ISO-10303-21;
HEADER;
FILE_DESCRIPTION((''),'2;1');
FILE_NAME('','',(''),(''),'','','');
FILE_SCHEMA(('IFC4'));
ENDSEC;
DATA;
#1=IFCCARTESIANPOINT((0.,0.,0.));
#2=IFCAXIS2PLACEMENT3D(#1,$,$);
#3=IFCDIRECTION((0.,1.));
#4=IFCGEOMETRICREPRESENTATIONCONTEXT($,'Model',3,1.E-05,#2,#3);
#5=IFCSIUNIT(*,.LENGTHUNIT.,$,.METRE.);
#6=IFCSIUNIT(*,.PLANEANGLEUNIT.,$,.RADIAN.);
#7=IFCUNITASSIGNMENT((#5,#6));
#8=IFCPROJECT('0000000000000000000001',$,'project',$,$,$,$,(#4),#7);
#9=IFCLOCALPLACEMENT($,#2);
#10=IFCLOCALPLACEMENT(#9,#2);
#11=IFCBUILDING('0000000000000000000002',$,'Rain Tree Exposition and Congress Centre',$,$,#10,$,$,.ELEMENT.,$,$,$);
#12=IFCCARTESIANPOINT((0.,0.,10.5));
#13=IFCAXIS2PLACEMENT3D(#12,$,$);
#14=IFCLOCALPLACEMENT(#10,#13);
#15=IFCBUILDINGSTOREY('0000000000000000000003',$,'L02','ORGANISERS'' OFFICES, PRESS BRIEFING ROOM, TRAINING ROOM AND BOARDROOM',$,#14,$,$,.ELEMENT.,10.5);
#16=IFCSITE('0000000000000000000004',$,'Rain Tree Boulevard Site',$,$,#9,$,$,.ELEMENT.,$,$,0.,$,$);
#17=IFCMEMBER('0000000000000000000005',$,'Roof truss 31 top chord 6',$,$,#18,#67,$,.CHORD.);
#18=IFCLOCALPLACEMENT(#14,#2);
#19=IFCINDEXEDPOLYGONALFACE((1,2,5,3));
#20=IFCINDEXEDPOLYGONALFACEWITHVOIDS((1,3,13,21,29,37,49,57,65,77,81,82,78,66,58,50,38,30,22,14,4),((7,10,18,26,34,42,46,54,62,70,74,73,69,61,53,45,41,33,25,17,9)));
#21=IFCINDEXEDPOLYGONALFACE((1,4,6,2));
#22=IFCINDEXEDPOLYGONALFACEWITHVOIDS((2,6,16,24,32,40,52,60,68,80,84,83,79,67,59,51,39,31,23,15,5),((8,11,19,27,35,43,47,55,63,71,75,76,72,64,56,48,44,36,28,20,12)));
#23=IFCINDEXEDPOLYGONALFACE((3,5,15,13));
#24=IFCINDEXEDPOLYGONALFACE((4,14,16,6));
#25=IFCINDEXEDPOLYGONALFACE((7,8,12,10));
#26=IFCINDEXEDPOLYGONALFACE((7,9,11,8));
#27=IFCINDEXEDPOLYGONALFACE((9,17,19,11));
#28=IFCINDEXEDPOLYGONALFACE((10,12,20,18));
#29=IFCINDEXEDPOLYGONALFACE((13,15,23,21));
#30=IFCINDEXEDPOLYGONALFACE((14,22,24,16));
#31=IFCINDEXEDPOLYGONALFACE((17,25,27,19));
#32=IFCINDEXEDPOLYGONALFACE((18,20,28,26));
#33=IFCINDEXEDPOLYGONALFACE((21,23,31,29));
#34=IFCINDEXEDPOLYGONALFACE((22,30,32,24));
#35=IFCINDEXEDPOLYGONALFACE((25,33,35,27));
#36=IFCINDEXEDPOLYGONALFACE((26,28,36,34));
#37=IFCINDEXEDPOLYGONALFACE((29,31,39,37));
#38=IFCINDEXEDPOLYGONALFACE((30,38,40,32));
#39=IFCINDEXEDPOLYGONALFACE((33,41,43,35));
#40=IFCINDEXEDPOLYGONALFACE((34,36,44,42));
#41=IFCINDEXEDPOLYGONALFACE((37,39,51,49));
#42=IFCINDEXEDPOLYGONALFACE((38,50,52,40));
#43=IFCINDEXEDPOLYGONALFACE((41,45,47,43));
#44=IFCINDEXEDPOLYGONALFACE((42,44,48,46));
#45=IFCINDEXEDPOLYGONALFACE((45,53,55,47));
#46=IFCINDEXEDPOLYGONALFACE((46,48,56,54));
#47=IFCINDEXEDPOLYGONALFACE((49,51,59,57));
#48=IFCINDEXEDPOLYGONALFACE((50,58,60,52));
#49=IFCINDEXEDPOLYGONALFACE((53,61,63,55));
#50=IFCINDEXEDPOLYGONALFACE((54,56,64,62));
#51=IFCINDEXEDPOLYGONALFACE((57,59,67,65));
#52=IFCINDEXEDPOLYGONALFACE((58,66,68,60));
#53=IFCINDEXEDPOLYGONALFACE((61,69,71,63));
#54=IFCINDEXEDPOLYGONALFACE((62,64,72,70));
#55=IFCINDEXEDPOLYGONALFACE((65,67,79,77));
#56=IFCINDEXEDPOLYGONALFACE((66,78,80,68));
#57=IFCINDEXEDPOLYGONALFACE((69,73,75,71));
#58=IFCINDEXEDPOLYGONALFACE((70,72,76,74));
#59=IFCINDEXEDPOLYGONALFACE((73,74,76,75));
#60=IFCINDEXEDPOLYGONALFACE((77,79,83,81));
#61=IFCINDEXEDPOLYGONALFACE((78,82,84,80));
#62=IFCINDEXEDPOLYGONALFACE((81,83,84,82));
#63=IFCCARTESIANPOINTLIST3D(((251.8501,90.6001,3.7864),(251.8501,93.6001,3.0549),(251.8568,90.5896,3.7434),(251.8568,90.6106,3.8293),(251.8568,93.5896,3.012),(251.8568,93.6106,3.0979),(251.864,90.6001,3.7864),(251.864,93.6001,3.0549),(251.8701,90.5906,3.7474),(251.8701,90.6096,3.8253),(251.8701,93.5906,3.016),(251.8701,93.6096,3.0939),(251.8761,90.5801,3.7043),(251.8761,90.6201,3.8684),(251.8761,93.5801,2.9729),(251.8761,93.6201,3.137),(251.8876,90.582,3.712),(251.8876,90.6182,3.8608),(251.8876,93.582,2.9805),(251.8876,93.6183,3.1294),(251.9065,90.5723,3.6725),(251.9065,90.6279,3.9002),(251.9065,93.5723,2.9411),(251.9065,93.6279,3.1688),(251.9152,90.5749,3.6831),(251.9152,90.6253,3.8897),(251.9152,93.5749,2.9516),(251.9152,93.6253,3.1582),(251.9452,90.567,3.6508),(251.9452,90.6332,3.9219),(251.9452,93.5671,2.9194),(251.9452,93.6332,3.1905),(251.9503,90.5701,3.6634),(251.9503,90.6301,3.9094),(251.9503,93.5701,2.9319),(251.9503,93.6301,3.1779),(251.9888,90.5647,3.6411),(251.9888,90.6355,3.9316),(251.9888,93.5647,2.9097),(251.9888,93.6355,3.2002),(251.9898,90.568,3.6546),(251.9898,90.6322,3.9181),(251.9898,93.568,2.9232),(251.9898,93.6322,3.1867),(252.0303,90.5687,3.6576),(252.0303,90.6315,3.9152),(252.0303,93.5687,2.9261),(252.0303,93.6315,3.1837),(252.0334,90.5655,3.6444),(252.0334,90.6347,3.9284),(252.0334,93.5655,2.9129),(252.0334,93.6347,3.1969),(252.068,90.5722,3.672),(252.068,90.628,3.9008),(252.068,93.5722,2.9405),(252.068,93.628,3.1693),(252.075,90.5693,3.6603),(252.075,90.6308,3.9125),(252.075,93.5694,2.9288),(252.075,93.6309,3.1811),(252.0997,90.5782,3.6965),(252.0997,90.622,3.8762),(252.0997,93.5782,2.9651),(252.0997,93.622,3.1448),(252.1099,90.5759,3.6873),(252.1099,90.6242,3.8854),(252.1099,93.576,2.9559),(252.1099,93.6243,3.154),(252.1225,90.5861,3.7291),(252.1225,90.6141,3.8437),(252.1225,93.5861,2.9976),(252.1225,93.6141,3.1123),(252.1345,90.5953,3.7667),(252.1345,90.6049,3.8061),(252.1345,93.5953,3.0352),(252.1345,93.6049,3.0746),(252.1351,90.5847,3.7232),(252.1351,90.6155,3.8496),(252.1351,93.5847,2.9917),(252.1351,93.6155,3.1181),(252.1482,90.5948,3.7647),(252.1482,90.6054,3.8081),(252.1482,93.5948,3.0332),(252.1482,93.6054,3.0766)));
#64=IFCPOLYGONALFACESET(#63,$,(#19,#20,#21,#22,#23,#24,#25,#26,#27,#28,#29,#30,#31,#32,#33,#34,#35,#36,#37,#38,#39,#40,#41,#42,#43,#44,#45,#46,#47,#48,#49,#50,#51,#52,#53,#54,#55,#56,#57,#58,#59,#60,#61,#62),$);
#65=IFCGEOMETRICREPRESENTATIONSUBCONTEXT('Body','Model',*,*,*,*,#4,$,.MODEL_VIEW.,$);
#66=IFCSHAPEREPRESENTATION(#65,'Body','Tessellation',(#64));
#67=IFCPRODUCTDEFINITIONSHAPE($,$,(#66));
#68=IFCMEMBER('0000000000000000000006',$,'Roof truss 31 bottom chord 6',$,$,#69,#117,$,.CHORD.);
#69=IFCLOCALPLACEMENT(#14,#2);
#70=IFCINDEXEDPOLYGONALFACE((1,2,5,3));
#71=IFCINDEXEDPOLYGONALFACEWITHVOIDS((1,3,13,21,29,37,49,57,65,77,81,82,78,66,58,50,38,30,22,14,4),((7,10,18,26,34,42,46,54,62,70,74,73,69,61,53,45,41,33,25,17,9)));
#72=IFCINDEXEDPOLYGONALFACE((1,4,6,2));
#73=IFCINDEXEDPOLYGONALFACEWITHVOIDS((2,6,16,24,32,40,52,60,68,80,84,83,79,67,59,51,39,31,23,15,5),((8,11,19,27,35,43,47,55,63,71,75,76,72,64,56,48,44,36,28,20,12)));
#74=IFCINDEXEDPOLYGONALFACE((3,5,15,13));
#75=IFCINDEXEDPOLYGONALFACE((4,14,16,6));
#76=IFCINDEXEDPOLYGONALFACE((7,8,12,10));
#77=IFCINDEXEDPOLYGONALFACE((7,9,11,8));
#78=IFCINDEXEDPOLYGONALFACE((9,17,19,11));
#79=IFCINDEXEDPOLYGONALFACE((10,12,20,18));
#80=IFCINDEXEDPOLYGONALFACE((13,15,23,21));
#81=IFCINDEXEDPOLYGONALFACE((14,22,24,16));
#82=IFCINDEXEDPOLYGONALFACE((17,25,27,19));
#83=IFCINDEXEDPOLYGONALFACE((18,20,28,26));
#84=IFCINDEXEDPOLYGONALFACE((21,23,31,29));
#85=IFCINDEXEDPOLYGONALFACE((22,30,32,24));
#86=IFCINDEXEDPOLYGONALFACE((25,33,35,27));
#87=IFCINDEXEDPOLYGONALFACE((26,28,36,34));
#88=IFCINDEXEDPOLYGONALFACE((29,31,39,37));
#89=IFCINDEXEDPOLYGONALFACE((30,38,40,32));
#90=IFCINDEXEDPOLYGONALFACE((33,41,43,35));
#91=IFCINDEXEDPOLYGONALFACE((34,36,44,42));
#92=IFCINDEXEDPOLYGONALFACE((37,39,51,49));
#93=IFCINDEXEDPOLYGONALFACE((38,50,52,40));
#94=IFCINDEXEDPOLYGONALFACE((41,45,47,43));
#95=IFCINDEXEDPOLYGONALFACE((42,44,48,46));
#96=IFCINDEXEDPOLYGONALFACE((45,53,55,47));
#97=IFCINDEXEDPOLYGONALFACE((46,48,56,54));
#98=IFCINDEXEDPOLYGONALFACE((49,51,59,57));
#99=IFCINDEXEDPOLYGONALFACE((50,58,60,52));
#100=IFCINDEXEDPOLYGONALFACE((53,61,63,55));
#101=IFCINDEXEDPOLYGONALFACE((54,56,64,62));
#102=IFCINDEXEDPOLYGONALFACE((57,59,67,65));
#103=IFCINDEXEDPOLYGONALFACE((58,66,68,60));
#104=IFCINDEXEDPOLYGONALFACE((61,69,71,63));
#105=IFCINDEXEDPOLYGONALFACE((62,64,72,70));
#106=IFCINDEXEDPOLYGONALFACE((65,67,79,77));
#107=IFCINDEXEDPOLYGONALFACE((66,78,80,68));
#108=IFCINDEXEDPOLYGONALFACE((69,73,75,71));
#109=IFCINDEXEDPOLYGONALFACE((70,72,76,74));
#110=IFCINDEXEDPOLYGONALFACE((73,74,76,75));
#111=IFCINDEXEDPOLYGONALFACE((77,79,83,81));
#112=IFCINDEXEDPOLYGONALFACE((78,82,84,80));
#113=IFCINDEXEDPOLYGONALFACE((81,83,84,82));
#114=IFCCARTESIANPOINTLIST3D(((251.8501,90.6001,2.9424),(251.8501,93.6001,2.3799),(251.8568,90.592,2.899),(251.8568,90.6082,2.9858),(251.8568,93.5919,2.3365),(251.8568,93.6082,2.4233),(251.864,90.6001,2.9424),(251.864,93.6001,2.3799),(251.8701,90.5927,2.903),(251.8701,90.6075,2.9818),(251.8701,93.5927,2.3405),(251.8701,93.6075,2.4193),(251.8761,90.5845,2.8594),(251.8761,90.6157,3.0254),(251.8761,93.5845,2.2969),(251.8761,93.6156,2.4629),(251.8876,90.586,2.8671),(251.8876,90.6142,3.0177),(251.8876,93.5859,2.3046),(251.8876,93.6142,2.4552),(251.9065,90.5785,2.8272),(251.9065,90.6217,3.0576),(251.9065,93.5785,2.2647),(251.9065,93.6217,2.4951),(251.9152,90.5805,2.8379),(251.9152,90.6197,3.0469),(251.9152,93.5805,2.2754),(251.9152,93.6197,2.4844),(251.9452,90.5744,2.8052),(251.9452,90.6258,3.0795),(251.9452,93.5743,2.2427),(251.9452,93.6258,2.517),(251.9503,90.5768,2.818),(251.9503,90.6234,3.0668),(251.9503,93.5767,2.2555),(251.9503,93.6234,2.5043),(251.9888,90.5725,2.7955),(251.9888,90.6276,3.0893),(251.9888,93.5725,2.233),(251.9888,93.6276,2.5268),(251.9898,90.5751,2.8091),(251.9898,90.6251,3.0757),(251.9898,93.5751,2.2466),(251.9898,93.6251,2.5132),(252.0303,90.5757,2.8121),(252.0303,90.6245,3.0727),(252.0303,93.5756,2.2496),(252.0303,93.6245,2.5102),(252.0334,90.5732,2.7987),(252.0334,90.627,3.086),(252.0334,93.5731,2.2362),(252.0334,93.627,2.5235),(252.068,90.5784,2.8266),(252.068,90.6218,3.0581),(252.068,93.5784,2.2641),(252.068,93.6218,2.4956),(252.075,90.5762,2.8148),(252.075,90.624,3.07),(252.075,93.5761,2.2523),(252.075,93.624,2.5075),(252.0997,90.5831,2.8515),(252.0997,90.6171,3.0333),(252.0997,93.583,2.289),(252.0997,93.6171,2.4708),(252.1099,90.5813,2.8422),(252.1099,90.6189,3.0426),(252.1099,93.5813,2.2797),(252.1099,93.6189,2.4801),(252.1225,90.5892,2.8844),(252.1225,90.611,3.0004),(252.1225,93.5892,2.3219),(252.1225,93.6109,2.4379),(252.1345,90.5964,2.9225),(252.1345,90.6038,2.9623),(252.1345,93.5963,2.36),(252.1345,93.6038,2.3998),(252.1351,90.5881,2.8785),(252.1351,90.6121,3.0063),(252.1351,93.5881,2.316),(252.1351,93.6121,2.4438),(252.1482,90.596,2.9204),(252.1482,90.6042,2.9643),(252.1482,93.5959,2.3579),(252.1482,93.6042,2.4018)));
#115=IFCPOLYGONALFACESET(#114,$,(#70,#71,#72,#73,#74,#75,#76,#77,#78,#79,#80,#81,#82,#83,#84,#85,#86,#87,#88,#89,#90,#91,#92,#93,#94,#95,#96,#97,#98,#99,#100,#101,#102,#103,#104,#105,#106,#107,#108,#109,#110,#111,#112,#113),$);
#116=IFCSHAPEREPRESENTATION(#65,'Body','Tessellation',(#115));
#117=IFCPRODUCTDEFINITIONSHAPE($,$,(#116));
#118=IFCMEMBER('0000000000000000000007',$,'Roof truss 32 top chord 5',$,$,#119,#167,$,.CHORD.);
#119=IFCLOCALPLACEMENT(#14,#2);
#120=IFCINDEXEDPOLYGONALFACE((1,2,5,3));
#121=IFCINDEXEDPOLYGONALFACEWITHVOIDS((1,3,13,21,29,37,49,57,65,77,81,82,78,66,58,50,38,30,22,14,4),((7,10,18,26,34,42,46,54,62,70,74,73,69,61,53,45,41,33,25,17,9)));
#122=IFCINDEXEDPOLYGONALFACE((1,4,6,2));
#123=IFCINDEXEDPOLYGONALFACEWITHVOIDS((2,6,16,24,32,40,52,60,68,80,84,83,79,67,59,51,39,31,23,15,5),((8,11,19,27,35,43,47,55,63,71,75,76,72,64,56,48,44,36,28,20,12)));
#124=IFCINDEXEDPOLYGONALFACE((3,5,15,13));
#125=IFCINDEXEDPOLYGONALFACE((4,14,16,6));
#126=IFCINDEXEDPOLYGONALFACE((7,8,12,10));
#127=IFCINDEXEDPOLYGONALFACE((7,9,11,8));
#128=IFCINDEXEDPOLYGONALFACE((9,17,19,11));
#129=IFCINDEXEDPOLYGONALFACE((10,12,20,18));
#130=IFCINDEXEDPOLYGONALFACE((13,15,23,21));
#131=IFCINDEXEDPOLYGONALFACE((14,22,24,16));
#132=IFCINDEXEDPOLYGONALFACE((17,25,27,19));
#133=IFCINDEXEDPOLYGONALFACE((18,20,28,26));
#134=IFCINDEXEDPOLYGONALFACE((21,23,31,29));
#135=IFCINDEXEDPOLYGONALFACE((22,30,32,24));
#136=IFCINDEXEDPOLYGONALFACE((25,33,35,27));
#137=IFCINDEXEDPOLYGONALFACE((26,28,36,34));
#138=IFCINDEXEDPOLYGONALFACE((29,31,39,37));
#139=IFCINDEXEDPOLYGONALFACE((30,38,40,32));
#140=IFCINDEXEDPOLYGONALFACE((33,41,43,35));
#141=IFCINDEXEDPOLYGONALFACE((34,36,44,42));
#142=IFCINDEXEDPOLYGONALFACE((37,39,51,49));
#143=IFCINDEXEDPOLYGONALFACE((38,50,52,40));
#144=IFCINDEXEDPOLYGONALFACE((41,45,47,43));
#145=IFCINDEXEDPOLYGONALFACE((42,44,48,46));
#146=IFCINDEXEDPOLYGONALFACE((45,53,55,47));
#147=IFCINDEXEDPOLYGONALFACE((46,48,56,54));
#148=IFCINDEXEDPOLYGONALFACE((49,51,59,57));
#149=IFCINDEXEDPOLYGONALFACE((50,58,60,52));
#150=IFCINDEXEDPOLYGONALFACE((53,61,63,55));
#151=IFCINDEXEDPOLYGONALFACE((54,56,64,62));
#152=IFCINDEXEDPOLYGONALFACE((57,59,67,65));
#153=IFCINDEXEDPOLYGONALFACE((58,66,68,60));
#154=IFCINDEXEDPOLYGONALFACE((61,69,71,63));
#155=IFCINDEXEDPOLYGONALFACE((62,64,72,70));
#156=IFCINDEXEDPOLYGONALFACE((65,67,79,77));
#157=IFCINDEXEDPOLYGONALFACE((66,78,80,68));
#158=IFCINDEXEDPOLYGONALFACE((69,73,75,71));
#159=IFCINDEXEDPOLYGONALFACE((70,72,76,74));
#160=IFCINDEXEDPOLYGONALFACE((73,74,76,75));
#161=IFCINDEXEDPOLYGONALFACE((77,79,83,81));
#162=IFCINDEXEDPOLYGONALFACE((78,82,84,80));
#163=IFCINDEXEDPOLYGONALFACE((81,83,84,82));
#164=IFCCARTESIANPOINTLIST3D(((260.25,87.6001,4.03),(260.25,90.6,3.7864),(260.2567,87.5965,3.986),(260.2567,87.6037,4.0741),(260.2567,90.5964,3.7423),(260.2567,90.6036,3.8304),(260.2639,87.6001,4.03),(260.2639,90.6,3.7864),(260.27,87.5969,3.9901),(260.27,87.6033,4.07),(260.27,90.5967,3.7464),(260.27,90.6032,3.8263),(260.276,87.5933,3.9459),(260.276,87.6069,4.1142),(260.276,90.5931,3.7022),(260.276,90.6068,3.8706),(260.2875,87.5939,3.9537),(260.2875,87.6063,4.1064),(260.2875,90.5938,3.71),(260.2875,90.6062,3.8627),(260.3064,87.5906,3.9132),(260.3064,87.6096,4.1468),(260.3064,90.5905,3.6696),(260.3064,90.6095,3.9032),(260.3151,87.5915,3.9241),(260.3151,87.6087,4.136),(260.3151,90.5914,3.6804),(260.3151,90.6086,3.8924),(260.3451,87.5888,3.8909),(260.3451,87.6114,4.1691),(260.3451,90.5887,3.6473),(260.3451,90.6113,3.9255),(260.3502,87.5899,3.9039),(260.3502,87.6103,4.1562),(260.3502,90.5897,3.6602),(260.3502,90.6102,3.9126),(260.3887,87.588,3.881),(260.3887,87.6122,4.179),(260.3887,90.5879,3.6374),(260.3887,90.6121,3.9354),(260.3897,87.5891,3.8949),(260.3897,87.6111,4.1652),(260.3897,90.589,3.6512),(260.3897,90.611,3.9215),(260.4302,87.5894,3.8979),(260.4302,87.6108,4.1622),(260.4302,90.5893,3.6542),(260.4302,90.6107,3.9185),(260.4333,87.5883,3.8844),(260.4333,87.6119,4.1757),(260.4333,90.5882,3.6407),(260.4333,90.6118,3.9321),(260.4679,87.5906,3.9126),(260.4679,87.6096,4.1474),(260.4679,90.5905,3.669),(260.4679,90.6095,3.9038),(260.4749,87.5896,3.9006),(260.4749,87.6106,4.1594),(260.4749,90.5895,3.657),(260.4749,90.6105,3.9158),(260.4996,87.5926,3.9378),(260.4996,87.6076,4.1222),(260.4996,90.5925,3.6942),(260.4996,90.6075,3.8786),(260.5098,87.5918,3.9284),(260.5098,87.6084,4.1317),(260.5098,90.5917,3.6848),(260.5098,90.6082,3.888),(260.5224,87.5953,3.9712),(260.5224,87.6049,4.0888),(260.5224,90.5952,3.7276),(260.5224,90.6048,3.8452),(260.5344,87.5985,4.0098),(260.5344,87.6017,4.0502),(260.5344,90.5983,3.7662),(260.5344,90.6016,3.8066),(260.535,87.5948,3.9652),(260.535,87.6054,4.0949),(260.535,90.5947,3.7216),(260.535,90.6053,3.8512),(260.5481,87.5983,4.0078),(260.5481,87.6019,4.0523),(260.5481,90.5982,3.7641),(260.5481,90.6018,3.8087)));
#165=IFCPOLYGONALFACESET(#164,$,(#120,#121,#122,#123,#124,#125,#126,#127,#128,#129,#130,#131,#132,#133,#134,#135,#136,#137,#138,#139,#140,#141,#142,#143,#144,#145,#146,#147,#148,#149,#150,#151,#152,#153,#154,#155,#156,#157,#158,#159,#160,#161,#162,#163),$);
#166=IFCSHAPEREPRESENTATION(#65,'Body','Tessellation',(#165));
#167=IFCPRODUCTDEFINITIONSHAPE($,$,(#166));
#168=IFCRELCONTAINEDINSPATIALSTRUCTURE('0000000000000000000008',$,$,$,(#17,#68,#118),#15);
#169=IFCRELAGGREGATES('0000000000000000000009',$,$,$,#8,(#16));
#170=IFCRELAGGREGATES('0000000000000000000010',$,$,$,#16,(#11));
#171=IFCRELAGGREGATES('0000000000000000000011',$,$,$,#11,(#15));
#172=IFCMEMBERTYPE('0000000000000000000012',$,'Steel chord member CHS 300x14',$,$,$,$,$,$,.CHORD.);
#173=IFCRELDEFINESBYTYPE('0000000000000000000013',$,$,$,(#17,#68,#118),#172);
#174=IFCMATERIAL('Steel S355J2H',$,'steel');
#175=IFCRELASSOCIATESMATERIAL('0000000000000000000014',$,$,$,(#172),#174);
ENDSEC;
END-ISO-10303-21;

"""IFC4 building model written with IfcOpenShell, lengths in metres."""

from ifc_helpers import new_model, si_unit, direction, frame, origin, origin_2d, place, context, subcontext, project, spatial, hollow_circle, extrude, material, material_profile, profile_set, type_object, element, save


model = new_model("IFC4")

# Units and contexts
model_context = context("Model", 3, precision=1e-05, world=origin(), true_north=direction((0.0, 1.0)))
body_context = subcontext(model_context, "Body", "Model", "MODEL_VIEW")
ifc_project = project(units=[si_unit("LENGTHUNIT", "METRE"), si_unit("PLANEANGLEUNIT", "RADIAN")], contexts=[model_context])

# Site, building, storey
site_placement = place(None, origin())
site = spatial("IfcSite", under=ifc_project, at=site_placement, Name="Rain Tree Boulevard Site", CompositionType="ELEMENT", RefElevation=0.0)
building_placement = place(site_placement, origin())
building = spatial("IfcBuilding", under=site, at=building_placement, Name="Rain Tree Exposition and Congress Centre", CompositionType="ELEMENT")
storey_placement = place(building_placement, frame((0.0, 0.0, 10.5)))
storey = spatial("IfcBuildingStorey", under=building, at=storey_placement, Name="L02", Description="ORGANISERS' OFFICES, PRESS BRIEFING ROOM, TRAINING ROOM AND BOARDROOM", CompositionType="ELEMENT", Elevation=10.5)

# Members
ifc_material_1 = material(Name="Steel S355J2H", Category="steel")
ifc_material_profile_1 = material_profile(ifc_material_1, hollow_circle(Radius=0.1499, WallThickness=0.0139, at=origin_2d()), Name="CHS 300x14")
ifc_profile_set_1 = profile_set([ifc_material_profile_1], Name="Steel S355J2H")
member_type_1 = type_object("IfcMemberType", Name="Steel chord member CHS 300x14", PredefinedType="CHORD", material=ifc_profile_set_1)
member_1_placement = place(storey_placement, frame((252.0, 90.6001, 3.7864), z_axis=(0.0, 0.97154, -0.236876), x_axis=(-1.0, 0.0, 0.0)))
element("IfcMember", 1, at=member_1_placement, inside=storey, type_object=member_type_1, Name="Roof truss 31 top chord 6", PredefinedType="CHORD", context=body_context, shape_type="SweptSolid", body=[
    extrude(hollow_circle(Radius=0.1499, WallThickness=0.0139, at=origin_2d()), origin(), (0.0, 0.0, 1.0), 3.0879),
])
member_2_placement = place(storey_placement, frame((252.0, 90.6001, 2.9424), z_axis=(0.0, 0.982872, -0.184289), x_axis=(-1.0, 0.0, 0.0)))
element("IfcMember", 2, at=member_2_placement, inside=storey, type_object=member_type_1, Name="Roof truss 31 bottom chord 6", PredefinedType="CHORD", context=body_context, shape_type="SweptSolid", body=[
    extrude(hollow_circle(Radius=0.1499, WallThickness=0.0139, at=origin_2d()), origin(), (0.0, 0.0, 1.0), 3.0522),
])
member_3_placement = place(storey_placement, frame((260.3999, 87.6001, 4.03), z_axis=(0.0, 0.996718, -0.080951), x_axis=(-1.0, 0.0, 0.0)))
element("IfcMember", 3, at=member_3_placement, inside=storey, type_object=member_type_1, Name="Roof truss 32 top chord 5", PredefinedType="CHORD", context=body_context, shape_type="SweptSolid", body=[
    extrude(hollow_circle(Radius=0.1499, WallThickness=0.0139, at=origin_2d()), origin(), (0.0, 0.0, 1.0), 3.0098),
])

save(model, "model.ifc")
